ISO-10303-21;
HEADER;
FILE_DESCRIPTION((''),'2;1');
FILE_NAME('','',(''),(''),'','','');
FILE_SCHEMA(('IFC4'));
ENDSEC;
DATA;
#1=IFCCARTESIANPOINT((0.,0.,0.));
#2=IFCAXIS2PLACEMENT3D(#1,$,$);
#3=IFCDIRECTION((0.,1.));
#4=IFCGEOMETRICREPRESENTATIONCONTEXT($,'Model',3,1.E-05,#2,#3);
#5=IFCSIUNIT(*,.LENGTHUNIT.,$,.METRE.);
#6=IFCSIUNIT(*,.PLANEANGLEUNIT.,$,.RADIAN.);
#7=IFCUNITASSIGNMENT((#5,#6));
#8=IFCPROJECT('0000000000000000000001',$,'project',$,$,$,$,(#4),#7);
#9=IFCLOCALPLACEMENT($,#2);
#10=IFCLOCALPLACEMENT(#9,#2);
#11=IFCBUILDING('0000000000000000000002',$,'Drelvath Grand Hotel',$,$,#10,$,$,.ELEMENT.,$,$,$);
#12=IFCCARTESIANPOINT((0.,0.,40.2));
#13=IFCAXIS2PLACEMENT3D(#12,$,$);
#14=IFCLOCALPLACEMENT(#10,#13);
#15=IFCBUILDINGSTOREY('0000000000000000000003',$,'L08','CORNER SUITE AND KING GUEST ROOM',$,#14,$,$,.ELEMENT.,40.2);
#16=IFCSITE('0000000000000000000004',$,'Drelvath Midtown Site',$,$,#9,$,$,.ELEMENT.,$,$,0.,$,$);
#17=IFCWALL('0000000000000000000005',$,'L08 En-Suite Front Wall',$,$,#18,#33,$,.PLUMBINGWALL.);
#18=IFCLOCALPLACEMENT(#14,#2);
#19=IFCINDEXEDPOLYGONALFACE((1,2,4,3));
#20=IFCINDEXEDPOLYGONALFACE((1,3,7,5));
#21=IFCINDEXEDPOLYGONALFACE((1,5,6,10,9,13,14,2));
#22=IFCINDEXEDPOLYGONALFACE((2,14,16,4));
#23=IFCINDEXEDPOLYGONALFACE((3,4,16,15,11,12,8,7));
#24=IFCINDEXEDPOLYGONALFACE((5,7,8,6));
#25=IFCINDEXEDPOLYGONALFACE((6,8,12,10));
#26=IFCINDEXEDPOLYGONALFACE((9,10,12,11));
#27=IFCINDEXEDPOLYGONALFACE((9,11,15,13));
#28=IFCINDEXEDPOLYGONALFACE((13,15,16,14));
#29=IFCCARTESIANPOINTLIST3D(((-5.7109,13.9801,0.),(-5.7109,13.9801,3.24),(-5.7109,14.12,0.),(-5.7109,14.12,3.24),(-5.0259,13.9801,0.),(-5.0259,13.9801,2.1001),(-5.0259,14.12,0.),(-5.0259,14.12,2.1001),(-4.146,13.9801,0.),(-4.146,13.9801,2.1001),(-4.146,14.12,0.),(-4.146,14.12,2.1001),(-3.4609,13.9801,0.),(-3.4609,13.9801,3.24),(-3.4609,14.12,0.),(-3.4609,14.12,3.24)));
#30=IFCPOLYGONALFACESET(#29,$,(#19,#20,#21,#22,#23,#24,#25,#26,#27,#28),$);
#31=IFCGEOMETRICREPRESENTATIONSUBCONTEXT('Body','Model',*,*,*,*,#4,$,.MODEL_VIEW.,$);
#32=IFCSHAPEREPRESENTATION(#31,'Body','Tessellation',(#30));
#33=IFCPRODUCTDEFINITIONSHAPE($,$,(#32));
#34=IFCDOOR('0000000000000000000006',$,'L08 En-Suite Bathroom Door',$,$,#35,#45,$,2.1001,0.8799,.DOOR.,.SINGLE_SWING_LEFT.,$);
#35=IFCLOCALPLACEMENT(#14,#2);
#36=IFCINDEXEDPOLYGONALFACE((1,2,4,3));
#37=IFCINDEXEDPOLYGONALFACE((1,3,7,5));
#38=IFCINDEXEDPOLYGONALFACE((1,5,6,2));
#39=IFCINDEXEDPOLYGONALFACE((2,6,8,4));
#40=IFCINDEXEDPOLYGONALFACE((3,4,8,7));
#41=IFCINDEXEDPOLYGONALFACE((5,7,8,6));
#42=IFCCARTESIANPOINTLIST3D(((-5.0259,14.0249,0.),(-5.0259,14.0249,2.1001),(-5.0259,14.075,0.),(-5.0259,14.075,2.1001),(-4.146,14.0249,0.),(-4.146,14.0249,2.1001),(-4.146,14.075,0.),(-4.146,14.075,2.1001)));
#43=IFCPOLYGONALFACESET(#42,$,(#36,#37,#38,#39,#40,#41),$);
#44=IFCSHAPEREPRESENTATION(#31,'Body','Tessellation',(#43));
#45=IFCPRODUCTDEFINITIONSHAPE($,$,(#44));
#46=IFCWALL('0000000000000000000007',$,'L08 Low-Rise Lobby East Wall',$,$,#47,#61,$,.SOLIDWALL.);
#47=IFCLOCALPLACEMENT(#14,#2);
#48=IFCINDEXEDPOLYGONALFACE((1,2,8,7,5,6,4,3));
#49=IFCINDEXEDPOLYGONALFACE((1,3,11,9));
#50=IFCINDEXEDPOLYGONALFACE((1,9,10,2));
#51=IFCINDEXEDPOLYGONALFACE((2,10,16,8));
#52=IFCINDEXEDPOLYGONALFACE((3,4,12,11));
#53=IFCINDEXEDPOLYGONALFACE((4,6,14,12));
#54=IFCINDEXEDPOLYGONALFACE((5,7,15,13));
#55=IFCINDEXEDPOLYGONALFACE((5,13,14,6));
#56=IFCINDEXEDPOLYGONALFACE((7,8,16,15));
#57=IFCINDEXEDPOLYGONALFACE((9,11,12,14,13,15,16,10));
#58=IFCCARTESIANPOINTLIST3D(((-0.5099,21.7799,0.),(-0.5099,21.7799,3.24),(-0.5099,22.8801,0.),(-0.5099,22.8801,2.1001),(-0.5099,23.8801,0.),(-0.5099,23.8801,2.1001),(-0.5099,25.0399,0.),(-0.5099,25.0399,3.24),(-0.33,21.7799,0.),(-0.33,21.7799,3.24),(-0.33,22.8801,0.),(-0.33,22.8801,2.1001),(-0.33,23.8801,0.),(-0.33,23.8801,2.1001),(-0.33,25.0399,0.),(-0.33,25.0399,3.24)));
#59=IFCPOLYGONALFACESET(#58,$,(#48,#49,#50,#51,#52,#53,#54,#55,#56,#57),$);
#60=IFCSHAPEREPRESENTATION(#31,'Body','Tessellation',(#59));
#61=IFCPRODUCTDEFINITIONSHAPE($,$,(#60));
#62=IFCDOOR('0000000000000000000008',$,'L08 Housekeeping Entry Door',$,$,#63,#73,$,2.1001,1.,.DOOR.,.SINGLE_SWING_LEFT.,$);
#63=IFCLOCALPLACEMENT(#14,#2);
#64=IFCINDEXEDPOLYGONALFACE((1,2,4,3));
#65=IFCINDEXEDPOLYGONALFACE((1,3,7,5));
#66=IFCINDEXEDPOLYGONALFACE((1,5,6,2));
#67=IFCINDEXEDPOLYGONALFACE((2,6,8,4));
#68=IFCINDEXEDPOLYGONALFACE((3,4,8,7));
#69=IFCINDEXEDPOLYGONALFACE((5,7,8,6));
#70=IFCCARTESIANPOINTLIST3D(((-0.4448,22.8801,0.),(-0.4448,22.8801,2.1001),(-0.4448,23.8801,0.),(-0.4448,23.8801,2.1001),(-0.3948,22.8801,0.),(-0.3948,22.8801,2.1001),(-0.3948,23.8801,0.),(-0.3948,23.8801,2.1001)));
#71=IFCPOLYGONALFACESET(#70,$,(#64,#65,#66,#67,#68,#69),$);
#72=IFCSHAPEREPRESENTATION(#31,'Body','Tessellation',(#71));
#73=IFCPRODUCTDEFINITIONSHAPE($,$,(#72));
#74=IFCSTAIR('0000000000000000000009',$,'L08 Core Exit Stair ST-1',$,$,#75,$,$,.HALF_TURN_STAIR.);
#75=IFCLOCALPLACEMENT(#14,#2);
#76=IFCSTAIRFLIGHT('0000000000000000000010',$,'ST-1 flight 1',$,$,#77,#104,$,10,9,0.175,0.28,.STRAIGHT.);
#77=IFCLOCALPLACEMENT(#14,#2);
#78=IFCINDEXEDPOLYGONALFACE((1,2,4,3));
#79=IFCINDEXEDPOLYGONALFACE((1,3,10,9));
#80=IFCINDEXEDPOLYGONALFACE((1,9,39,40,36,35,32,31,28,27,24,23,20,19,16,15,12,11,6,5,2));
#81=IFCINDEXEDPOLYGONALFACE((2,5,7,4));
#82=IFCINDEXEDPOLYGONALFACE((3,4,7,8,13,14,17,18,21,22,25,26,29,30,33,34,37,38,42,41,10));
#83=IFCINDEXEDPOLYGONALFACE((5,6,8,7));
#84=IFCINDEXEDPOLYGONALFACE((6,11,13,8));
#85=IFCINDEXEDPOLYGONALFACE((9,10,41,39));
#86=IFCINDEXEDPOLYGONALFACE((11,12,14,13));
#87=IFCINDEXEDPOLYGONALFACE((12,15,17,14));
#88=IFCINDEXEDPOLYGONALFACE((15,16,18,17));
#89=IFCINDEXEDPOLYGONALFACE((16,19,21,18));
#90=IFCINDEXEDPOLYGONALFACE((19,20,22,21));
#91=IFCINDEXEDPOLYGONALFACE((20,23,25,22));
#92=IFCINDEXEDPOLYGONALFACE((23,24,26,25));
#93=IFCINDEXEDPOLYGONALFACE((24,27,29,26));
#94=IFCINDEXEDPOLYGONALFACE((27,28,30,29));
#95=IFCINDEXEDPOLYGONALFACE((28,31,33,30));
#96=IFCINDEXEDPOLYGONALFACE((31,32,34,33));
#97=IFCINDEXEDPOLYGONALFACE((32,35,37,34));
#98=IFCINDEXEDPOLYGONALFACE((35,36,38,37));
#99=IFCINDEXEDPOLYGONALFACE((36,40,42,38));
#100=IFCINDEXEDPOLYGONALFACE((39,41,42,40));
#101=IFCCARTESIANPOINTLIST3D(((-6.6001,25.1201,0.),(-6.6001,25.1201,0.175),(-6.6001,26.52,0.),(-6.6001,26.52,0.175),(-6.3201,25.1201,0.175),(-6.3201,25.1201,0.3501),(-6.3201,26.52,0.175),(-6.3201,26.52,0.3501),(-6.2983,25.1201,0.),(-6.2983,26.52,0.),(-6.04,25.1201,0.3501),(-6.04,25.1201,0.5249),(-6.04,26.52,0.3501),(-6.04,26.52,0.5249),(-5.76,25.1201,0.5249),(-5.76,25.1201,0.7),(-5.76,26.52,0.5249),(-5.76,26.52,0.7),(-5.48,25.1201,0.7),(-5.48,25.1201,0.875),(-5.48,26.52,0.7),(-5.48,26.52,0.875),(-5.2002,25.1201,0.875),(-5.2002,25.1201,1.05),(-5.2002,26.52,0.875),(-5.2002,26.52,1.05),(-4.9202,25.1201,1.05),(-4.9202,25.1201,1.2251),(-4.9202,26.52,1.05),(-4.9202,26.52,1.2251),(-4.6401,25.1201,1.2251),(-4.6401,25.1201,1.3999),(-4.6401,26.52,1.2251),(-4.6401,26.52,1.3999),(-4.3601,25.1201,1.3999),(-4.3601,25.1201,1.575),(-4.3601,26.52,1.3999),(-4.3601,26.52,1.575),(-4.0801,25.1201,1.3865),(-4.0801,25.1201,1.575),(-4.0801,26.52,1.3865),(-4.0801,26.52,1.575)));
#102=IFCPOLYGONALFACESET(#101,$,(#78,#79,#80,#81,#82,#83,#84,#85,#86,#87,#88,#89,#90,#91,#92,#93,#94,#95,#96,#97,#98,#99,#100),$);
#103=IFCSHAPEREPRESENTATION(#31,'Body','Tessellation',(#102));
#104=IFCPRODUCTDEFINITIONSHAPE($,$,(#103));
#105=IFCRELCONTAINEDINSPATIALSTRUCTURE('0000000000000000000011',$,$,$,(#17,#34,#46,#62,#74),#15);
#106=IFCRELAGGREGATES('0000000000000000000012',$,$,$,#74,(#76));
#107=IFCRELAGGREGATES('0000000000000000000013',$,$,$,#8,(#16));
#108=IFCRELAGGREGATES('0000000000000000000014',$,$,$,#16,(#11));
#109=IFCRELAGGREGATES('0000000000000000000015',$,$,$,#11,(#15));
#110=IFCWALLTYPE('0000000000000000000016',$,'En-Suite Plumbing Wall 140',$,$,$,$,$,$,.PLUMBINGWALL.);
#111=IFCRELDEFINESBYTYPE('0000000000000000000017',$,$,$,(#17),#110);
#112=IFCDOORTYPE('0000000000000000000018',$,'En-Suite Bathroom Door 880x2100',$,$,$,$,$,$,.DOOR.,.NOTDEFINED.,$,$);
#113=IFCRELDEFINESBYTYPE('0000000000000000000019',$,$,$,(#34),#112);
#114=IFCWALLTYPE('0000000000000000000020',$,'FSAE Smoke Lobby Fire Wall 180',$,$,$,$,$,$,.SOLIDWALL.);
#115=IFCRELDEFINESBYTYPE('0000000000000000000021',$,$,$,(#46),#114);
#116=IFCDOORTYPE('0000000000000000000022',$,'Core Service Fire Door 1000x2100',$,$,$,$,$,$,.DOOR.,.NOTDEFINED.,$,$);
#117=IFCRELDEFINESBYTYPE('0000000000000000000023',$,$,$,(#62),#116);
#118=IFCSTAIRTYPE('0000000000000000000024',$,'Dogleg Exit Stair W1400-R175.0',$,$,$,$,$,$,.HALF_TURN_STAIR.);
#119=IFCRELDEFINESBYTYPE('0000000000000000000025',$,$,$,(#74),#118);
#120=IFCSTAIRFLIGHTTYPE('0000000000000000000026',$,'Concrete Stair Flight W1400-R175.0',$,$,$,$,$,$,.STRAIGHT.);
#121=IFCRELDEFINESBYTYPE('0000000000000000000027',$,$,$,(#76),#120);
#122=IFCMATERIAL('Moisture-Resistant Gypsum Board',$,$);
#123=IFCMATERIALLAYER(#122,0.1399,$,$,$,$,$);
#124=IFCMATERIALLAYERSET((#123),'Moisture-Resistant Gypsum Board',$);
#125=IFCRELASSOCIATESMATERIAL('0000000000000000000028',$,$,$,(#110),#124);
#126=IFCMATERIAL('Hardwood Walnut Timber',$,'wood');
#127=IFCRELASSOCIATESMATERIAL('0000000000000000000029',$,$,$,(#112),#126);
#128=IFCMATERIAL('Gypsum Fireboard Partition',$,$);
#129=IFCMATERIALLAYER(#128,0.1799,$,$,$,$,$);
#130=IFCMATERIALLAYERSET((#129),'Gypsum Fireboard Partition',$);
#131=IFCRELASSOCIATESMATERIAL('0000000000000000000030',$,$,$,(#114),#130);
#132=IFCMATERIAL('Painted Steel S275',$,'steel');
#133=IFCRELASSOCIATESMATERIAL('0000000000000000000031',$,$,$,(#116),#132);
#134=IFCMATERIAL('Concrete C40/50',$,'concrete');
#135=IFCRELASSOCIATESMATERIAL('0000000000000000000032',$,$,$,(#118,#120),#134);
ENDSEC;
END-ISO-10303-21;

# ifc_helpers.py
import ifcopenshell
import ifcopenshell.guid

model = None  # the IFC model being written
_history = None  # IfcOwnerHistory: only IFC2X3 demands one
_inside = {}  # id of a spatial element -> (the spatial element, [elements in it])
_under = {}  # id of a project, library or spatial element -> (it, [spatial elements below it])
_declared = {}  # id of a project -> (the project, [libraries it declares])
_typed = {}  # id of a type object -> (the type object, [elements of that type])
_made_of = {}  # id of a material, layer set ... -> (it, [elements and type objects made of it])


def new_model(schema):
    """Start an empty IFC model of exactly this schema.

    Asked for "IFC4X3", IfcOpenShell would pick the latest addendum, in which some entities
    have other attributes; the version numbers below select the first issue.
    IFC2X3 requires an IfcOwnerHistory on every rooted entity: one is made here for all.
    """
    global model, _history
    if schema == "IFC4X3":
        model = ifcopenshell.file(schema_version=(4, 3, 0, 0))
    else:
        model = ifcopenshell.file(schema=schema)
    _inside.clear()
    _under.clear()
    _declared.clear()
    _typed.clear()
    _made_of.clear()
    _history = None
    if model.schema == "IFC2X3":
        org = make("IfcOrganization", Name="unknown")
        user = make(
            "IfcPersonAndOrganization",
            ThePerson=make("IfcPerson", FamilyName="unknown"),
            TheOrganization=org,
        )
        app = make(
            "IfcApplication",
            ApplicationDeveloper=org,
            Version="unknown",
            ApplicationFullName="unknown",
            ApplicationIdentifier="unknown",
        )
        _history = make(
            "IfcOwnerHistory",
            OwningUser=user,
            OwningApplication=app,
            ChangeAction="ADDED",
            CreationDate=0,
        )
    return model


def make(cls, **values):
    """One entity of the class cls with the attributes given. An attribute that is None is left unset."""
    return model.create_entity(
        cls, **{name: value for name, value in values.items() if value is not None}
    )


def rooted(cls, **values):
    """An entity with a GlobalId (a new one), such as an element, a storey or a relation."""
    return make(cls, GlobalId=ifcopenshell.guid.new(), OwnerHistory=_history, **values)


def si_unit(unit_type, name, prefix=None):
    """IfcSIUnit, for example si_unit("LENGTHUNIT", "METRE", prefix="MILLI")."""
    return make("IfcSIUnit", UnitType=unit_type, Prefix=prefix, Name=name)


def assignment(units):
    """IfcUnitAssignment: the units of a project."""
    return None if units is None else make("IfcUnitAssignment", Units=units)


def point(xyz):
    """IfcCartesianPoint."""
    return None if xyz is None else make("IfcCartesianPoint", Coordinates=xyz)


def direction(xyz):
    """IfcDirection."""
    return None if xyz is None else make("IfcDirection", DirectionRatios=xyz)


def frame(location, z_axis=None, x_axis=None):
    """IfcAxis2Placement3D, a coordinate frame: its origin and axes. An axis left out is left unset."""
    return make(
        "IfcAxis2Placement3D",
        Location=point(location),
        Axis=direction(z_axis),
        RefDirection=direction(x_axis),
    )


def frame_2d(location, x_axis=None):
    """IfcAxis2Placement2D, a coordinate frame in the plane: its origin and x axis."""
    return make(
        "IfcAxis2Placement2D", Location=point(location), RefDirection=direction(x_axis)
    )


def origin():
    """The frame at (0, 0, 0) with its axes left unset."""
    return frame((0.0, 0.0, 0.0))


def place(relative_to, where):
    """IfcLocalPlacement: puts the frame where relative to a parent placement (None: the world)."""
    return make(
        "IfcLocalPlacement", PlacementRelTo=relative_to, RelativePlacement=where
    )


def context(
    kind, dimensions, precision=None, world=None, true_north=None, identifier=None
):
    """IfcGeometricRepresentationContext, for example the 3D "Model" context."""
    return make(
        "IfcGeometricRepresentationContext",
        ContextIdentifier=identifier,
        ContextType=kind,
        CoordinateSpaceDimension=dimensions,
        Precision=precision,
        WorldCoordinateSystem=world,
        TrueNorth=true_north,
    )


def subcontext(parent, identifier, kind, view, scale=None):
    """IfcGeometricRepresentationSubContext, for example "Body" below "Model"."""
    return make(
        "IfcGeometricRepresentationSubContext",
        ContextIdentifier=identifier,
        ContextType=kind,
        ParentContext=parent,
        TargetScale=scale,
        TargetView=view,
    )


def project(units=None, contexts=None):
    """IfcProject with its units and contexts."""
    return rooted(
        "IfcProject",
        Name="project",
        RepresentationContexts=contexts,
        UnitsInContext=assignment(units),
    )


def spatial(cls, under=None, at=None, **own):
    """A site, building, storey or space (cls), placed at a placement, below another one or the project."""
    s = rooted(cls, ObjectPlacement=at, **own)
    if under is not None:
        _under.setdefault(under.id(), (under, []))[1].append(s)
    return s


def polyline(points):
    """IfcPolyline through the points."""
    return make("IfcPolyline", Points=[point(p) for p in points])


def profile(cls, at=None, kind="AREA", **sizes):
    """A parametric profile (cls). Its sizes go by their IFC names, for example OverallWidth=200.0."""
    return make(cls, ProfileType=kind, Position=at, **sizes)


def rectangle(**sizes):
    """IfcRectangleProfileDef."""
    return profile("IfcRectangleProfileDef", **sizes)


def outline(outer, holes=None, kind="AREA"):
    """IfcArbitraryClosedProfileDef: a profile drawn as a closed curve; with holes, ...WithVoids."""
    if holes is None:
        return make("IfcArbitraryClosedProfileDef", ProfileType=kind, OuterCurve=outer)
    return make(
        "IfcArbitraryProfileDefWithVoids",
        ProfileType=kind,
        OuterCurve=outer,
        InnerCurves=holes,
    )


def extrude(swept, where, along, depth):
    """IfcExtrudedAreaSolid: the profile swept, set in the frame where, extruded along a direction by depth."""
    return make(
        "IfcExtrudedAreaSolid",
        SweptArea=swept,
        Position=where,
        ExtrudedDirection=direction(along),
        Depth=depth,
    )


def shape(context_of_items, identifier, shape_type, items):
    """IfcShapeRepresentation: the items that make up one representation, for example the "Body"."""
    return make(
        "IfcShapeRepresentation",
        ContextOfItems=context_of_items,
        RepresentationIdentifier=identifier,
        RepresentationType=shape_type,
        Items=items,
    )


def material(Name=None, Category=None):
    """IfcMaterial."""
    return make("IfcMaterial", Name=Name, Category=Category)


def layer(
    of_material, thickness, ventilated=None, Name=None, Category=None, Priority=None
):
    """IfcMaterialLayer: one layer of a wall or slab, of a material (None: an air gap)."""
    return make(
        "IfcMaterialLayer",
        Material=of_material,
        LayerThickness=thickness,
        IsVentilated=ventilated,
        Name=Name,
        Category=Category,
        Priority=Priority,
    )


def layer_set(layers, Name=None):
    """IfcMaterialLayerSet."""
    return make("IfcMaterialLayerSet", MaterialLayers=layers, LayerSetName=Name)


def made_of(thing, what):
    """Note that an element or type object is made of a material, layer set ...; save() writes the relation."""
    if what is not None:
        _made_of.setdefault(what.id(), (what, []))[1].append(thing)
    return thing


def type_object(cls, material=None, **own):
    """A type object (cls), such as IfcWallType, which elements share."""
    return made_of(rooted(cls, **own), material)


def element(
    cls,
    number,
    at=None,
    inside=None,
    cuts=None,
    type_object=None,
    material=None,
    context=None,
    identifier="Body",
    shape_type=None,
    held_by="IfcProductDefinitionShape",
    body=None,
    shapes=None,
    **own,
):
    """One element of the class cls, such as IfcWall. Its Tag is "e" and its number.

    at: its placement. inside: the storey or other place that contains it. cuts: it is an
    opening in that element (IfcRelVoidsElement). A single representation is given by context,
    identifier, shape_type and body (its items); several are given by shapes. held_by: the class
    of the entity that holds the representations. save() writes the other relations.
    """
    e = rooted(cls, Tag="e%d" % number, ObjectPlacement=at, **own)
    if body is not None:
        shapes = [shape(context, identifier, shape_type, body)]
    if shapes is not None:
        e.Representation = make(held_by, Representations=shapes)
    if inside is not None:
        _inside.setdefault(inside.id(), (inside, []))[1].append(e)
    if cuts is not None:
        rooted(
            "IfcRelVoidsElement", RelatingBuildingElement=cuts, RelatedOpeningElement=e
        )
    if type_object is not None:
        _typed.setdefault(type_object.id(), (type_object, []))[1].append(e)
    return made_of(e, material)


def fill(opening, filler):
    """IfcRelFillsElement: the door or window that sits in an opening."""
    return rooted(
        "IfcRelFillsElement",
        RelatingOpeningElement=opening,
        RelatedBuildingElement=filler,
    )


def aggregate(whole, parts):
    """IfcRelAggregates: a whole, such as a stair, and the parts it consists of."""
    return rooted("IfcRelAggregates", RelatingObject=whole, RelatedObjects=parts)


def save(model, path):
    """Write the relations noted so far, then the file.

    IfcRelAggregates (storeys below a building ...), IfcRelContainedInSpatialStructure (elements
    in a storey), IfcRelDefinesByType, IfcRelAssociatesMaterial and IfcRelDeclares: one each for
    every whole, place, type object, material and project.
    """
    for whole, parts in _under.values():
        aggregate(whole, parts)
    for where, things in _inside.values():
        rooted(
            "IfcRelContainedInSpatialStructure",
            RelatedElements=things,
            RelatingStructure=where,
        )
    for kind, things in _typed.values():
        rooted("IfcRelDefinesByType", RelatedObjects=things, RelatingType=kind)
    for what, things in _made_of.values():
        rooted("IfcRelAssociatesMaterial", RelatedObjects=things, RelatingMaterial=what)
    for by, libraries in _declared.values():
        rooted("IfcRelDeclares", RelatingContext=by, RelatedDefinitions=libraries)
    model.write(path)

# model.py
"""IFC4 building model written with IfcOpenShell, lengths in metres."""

from ifc_helpers import new_model, si_unit, direction, frame, frame_2d, origin, place, context, subcontext, project, spatial, polyline, rectangle, outline, extrude, material, layer, layer_set, type_object, element, fill, aggregate, save


model = new_model("IFC4")

# Units and contexts
model_context = context("Model", 3, precision=1e-05, world=origin(), true_north=direction((0.0, 1.0)))
body_context = subcontext(model_context, "Body", "Model", "MODEL_VIEW")
ifc_project = project(units=[si_unit("LENGTHUNIT", "METRE"), si_unit("PLANEANGLEUNIT", "RADIAN")], contexts=[model_context])

# Site, building, storey
site_placement = place(None, origin())
site = spatial("IfcSite", under=ifc_project, at=site_placement, Name="Drelvath Midtown Site", CompositionType="ELEMENT", RefElevation=0.0)
building_placement = place(site_placement, origin())
building = spatial("IfcBuilding", under=site, at=building_placement, Name="Drelvath Grand Hotel", CompositionType="ELEMENT")
storey_placement = place(building_placement, frame((0.0, 0.0, 40.2)))
storey = spatial("IfcBuildingStorey", under=building, at=storey_placement, Name="L08", Description="CORNER SUITE AND KING GUEST ROOM", CompositionType="ELEMENT", Elevation=40.2)

# Shared definitions
ifc_material_1 = material(Name="Concrete C40/50", Category="concrete")

# Shared definitions
ifc_material_2 = material(Name="Painted Steel S275", Category="steel")

# Shared definitions
ifc_material_3 = material(Name="Gypsum Fireboard Partition")
ifc_material_4 = material(Name="Moisture-Resistant Gypsum Board")
ifc_layer_1 = layer(ifc_material_4, 0.1399)
ifc_layer_set_1 = layer_set([ifc_layer_1], Name="Moisture-Resistant Gypsum Board")
wall_type_1 = type_object("IfcWallType", Name="En-Suite Plumbing Wall 140", PredefinedType="PLUMBINGWALL", material=ifc_layer_set_1)

# Walls, openings, doors
wall_1_placement = place(storey_placement, frame((-5.7109, 14.05, 0.0), z_axis=(0.0, 0.0, 1.0), x_axis=(1.0, 0.0, 0.0)))
wall_1 = element("IfcWall", 1, at=wall_1_placement, inside=storey, type_object=wall_type_1, Name="L08 En-Suite Front Wall", PredefinedType="PLUMBINGWALL", context=body_context, shape_type="SweptSolid", body=[
    extrude(rectangle(XDim=2.25, YDim=0.1399, at=frame_2d((1.125, 0.0))), origin(), (0.0, 0.0, 1.0), 3.24),
])
opening_1_placement = place(wall_1_placement, frame((0.6851, 0.0, 0.0)))
opening_1 = element("IfcOpeningElement", 2, at=opening_1_placement, cuts=wall_1, PredefinedType="OPENING", context=body_context, shape_type="SweptSolid", body=[
    extrude(rectangle(XDim=0.8799, YDim=2.1001, at=frame_2d((0.4399, 1.05))), frame((0.0, 0.0798, 0.0), z_axis=(0.0, -1.0, 0.0), x_axis=(1.0, 0.0, 0.0)), (0.0, 0.0, 1.0), 0.1599),
])
ifc_material_5 = material(Name="Hardwood Walnut Timber", Category="wood")
door_type_1 = type_object("IfcDoorType", Name="En-Suite Bathroom Door 880x2100", OperationType="NOTDEFINED", PredefinedType="DOOR", material=ifc_material_5)
door_1_placement = place(opening_1_placement, origin())
door_1 = element("IfcDoor", 3, at=door_1_placement, inside=storey, type_object=door_type_1, Name="L08 En-Suite Bathroom Door", OperationType="SINGLE_SWING_LEFT", OverallHeight=2.1001, OverallWidth=0.8799, PredefinedType="DOOR", context=body_context, shape_type="SweptSolid", body=[
    extrude(rectangle(XDim=0.8799, YDim=2.1001, at=frame_2d((0.4399, 1.05))), frame((0.0, 0.0249, 0.0), z_axis=(0.0, -1.0, 0.0), x_axis=(1.0, 0.0, 0.0)), (0.0, 0.0, 1.0), 0.05),
])
fill(opening_1, door_1)
ifc_layer_2 = layer(ifc_material_3, 0.1799)
ifc_layer_set_2 = layer_set([ifc_layer_2], Name="Gypsum Fireboard Partition")
wall_type_2 = type_object("IfcWallType", Name="FSAE Smoke Lobby Fire Wall 180", PredefinedType="SOLIDWALL", material=ifc_layer_set_2)
wall_2_placement = place(storey_placement, frame((-0.4199, 21.78, 0.0), z_axis=(0.0, 0.0, 1.0), x_axis=(0.0, 1.0, 0.0)))
wall_2 = element("IfcWall", 4, at=wall_2_placement, inside=storey, type_object=wall_type_2, Name="L08 Low-Rise Lobby East Wall", PredefinedType="SOLIDWALL", context=body_context, shape_type="SweptSolid", body=[
    extrude(rectangle(XDim=3.26, YDim=0.1799, at=frame_2d((1.6299, 0.0))), origin(), (0.0, 0.0, 1.0), 3.24),
])
opening_2_placement = place(wall_2_placement, frame((1.1001, 0.0, 0.0)))
opening_2 = element("IfcOpeningElement", 5, at=opening_2_placement, cuts=wall_2, PredefinedType="OPENING", context=body_context, shape_type="SweptSolid", body=[
    extrude(rectangle(XDim=1.0, YDim=2.1001, at=frame_2d((0.5, 1.05))), frame((0.0, 0.0999, 0.0), z_axis=(0.0, -1.0, 0.0), x_axis=(1.0, 0.0, 0.0)), (0.0, 0.0, 1.0), 0.2),
])
door_type_2 = type_object("IfcDoorType", Name="Core Service Fire Door 1000x2100", OperationType="NOTDEFINED", PredefinedType="DOOR", material=ifc_material_2)
door_2_placement = place(opening_2_placement, origin())
door_2 = element("IfcDoor", 6, at=door_2_placement, inside=storey, type_object=door_type_2, Name="L08 Housekeeping Entry Door", OperationType="SINGLE_SWING_LEFT", OverallHeight=2.1001, OverallWidth=1.0, PredefinedType="DOOR", context=body_context, shape_type="SweptSolid", body=[
    extrude(rectangle(XDim=1.0, YDim=2.1001, at=frame_2d((0.5, 1.05))), frame((0.0, 0.0249, 0.0), z_axis=(0.0, -1.0, 0.0), x_axis=(1.0, 0.0, 0.0)), (0.0, 0.0, 1.0), 0.05),
])
fill(opening_2, door_2)

# Stair, stair flight
stair_type = type_object("IfcStairType", Name="Dogleg Exit Stair W1400-R175.0", PredefinedType="HALF_TURN_STAIR", material=ifc_material_1)
stair_placement = place(storey_placement, origin())
stair = element("IfcStair", 7, at=stair_placement, inside=storey, type_object=stair_type, Name="L08 Core Exit Stair ST-1", PredefinedType="HALF_TURN_STAIR")
stair_flight_type = type_object("IfcStairFlightType", Name="Concrete Stair Flight W1400-R175.0", PredefinedType="STRAIGHT", material=ifc_material_1)
stair_flight_placement = place(storey_placement, frame((-6.6001, 25.8201, 0.0), z_axis=(0.0, 0.0, 1.0), x_axis=(1.0, 0.0, 0.0)))
stair_flight = element("IfcStairFlight", 8, at=stair_flight_placement, type_object=stair_flight_type, Name="ST-1 flight 1", NumberOfRisers=10, NumberOfTreads=9, PredefinedType="STRAIGHT", RiserHeight=0.175, TreadLength=0.28, context=body_context, shape_type="SweptSolid", body=[
    extrude(outline(polyline([(0.0, 0.0), (0.0, 0.175), (0.28, 0.175), (0.28, 0.3501), (0.5601, 0.3501), (0.5601, 0.5249), (0.8401, 0.5249), (0.8401, 0.7), (1.1201, 0.7), (1.1201, 0.875), (1.3999, 0.875), (1.3999, 1.05), (1.6799, 1.05), (1.6799, 1.2251), (1.96, 1.2251), (1.96, 1.3999), (2.24, 1.3999), (2.24, 1.575), (2.52, 1.575), (2.52, 1.75), (2.52, 1.3865), (0.3018, 0.0), (0.0, 0.0)])), frame((0.0, 0.7, 0.0), z_axis=(0.0, -1.0, 0.0), x_axis=(1.0, 0.0, 0.0)), (0.0, 0.0, 1.0), 1.3999),
])
aggregate(stair, [stair_flight])

save(model, "model.ifc")
